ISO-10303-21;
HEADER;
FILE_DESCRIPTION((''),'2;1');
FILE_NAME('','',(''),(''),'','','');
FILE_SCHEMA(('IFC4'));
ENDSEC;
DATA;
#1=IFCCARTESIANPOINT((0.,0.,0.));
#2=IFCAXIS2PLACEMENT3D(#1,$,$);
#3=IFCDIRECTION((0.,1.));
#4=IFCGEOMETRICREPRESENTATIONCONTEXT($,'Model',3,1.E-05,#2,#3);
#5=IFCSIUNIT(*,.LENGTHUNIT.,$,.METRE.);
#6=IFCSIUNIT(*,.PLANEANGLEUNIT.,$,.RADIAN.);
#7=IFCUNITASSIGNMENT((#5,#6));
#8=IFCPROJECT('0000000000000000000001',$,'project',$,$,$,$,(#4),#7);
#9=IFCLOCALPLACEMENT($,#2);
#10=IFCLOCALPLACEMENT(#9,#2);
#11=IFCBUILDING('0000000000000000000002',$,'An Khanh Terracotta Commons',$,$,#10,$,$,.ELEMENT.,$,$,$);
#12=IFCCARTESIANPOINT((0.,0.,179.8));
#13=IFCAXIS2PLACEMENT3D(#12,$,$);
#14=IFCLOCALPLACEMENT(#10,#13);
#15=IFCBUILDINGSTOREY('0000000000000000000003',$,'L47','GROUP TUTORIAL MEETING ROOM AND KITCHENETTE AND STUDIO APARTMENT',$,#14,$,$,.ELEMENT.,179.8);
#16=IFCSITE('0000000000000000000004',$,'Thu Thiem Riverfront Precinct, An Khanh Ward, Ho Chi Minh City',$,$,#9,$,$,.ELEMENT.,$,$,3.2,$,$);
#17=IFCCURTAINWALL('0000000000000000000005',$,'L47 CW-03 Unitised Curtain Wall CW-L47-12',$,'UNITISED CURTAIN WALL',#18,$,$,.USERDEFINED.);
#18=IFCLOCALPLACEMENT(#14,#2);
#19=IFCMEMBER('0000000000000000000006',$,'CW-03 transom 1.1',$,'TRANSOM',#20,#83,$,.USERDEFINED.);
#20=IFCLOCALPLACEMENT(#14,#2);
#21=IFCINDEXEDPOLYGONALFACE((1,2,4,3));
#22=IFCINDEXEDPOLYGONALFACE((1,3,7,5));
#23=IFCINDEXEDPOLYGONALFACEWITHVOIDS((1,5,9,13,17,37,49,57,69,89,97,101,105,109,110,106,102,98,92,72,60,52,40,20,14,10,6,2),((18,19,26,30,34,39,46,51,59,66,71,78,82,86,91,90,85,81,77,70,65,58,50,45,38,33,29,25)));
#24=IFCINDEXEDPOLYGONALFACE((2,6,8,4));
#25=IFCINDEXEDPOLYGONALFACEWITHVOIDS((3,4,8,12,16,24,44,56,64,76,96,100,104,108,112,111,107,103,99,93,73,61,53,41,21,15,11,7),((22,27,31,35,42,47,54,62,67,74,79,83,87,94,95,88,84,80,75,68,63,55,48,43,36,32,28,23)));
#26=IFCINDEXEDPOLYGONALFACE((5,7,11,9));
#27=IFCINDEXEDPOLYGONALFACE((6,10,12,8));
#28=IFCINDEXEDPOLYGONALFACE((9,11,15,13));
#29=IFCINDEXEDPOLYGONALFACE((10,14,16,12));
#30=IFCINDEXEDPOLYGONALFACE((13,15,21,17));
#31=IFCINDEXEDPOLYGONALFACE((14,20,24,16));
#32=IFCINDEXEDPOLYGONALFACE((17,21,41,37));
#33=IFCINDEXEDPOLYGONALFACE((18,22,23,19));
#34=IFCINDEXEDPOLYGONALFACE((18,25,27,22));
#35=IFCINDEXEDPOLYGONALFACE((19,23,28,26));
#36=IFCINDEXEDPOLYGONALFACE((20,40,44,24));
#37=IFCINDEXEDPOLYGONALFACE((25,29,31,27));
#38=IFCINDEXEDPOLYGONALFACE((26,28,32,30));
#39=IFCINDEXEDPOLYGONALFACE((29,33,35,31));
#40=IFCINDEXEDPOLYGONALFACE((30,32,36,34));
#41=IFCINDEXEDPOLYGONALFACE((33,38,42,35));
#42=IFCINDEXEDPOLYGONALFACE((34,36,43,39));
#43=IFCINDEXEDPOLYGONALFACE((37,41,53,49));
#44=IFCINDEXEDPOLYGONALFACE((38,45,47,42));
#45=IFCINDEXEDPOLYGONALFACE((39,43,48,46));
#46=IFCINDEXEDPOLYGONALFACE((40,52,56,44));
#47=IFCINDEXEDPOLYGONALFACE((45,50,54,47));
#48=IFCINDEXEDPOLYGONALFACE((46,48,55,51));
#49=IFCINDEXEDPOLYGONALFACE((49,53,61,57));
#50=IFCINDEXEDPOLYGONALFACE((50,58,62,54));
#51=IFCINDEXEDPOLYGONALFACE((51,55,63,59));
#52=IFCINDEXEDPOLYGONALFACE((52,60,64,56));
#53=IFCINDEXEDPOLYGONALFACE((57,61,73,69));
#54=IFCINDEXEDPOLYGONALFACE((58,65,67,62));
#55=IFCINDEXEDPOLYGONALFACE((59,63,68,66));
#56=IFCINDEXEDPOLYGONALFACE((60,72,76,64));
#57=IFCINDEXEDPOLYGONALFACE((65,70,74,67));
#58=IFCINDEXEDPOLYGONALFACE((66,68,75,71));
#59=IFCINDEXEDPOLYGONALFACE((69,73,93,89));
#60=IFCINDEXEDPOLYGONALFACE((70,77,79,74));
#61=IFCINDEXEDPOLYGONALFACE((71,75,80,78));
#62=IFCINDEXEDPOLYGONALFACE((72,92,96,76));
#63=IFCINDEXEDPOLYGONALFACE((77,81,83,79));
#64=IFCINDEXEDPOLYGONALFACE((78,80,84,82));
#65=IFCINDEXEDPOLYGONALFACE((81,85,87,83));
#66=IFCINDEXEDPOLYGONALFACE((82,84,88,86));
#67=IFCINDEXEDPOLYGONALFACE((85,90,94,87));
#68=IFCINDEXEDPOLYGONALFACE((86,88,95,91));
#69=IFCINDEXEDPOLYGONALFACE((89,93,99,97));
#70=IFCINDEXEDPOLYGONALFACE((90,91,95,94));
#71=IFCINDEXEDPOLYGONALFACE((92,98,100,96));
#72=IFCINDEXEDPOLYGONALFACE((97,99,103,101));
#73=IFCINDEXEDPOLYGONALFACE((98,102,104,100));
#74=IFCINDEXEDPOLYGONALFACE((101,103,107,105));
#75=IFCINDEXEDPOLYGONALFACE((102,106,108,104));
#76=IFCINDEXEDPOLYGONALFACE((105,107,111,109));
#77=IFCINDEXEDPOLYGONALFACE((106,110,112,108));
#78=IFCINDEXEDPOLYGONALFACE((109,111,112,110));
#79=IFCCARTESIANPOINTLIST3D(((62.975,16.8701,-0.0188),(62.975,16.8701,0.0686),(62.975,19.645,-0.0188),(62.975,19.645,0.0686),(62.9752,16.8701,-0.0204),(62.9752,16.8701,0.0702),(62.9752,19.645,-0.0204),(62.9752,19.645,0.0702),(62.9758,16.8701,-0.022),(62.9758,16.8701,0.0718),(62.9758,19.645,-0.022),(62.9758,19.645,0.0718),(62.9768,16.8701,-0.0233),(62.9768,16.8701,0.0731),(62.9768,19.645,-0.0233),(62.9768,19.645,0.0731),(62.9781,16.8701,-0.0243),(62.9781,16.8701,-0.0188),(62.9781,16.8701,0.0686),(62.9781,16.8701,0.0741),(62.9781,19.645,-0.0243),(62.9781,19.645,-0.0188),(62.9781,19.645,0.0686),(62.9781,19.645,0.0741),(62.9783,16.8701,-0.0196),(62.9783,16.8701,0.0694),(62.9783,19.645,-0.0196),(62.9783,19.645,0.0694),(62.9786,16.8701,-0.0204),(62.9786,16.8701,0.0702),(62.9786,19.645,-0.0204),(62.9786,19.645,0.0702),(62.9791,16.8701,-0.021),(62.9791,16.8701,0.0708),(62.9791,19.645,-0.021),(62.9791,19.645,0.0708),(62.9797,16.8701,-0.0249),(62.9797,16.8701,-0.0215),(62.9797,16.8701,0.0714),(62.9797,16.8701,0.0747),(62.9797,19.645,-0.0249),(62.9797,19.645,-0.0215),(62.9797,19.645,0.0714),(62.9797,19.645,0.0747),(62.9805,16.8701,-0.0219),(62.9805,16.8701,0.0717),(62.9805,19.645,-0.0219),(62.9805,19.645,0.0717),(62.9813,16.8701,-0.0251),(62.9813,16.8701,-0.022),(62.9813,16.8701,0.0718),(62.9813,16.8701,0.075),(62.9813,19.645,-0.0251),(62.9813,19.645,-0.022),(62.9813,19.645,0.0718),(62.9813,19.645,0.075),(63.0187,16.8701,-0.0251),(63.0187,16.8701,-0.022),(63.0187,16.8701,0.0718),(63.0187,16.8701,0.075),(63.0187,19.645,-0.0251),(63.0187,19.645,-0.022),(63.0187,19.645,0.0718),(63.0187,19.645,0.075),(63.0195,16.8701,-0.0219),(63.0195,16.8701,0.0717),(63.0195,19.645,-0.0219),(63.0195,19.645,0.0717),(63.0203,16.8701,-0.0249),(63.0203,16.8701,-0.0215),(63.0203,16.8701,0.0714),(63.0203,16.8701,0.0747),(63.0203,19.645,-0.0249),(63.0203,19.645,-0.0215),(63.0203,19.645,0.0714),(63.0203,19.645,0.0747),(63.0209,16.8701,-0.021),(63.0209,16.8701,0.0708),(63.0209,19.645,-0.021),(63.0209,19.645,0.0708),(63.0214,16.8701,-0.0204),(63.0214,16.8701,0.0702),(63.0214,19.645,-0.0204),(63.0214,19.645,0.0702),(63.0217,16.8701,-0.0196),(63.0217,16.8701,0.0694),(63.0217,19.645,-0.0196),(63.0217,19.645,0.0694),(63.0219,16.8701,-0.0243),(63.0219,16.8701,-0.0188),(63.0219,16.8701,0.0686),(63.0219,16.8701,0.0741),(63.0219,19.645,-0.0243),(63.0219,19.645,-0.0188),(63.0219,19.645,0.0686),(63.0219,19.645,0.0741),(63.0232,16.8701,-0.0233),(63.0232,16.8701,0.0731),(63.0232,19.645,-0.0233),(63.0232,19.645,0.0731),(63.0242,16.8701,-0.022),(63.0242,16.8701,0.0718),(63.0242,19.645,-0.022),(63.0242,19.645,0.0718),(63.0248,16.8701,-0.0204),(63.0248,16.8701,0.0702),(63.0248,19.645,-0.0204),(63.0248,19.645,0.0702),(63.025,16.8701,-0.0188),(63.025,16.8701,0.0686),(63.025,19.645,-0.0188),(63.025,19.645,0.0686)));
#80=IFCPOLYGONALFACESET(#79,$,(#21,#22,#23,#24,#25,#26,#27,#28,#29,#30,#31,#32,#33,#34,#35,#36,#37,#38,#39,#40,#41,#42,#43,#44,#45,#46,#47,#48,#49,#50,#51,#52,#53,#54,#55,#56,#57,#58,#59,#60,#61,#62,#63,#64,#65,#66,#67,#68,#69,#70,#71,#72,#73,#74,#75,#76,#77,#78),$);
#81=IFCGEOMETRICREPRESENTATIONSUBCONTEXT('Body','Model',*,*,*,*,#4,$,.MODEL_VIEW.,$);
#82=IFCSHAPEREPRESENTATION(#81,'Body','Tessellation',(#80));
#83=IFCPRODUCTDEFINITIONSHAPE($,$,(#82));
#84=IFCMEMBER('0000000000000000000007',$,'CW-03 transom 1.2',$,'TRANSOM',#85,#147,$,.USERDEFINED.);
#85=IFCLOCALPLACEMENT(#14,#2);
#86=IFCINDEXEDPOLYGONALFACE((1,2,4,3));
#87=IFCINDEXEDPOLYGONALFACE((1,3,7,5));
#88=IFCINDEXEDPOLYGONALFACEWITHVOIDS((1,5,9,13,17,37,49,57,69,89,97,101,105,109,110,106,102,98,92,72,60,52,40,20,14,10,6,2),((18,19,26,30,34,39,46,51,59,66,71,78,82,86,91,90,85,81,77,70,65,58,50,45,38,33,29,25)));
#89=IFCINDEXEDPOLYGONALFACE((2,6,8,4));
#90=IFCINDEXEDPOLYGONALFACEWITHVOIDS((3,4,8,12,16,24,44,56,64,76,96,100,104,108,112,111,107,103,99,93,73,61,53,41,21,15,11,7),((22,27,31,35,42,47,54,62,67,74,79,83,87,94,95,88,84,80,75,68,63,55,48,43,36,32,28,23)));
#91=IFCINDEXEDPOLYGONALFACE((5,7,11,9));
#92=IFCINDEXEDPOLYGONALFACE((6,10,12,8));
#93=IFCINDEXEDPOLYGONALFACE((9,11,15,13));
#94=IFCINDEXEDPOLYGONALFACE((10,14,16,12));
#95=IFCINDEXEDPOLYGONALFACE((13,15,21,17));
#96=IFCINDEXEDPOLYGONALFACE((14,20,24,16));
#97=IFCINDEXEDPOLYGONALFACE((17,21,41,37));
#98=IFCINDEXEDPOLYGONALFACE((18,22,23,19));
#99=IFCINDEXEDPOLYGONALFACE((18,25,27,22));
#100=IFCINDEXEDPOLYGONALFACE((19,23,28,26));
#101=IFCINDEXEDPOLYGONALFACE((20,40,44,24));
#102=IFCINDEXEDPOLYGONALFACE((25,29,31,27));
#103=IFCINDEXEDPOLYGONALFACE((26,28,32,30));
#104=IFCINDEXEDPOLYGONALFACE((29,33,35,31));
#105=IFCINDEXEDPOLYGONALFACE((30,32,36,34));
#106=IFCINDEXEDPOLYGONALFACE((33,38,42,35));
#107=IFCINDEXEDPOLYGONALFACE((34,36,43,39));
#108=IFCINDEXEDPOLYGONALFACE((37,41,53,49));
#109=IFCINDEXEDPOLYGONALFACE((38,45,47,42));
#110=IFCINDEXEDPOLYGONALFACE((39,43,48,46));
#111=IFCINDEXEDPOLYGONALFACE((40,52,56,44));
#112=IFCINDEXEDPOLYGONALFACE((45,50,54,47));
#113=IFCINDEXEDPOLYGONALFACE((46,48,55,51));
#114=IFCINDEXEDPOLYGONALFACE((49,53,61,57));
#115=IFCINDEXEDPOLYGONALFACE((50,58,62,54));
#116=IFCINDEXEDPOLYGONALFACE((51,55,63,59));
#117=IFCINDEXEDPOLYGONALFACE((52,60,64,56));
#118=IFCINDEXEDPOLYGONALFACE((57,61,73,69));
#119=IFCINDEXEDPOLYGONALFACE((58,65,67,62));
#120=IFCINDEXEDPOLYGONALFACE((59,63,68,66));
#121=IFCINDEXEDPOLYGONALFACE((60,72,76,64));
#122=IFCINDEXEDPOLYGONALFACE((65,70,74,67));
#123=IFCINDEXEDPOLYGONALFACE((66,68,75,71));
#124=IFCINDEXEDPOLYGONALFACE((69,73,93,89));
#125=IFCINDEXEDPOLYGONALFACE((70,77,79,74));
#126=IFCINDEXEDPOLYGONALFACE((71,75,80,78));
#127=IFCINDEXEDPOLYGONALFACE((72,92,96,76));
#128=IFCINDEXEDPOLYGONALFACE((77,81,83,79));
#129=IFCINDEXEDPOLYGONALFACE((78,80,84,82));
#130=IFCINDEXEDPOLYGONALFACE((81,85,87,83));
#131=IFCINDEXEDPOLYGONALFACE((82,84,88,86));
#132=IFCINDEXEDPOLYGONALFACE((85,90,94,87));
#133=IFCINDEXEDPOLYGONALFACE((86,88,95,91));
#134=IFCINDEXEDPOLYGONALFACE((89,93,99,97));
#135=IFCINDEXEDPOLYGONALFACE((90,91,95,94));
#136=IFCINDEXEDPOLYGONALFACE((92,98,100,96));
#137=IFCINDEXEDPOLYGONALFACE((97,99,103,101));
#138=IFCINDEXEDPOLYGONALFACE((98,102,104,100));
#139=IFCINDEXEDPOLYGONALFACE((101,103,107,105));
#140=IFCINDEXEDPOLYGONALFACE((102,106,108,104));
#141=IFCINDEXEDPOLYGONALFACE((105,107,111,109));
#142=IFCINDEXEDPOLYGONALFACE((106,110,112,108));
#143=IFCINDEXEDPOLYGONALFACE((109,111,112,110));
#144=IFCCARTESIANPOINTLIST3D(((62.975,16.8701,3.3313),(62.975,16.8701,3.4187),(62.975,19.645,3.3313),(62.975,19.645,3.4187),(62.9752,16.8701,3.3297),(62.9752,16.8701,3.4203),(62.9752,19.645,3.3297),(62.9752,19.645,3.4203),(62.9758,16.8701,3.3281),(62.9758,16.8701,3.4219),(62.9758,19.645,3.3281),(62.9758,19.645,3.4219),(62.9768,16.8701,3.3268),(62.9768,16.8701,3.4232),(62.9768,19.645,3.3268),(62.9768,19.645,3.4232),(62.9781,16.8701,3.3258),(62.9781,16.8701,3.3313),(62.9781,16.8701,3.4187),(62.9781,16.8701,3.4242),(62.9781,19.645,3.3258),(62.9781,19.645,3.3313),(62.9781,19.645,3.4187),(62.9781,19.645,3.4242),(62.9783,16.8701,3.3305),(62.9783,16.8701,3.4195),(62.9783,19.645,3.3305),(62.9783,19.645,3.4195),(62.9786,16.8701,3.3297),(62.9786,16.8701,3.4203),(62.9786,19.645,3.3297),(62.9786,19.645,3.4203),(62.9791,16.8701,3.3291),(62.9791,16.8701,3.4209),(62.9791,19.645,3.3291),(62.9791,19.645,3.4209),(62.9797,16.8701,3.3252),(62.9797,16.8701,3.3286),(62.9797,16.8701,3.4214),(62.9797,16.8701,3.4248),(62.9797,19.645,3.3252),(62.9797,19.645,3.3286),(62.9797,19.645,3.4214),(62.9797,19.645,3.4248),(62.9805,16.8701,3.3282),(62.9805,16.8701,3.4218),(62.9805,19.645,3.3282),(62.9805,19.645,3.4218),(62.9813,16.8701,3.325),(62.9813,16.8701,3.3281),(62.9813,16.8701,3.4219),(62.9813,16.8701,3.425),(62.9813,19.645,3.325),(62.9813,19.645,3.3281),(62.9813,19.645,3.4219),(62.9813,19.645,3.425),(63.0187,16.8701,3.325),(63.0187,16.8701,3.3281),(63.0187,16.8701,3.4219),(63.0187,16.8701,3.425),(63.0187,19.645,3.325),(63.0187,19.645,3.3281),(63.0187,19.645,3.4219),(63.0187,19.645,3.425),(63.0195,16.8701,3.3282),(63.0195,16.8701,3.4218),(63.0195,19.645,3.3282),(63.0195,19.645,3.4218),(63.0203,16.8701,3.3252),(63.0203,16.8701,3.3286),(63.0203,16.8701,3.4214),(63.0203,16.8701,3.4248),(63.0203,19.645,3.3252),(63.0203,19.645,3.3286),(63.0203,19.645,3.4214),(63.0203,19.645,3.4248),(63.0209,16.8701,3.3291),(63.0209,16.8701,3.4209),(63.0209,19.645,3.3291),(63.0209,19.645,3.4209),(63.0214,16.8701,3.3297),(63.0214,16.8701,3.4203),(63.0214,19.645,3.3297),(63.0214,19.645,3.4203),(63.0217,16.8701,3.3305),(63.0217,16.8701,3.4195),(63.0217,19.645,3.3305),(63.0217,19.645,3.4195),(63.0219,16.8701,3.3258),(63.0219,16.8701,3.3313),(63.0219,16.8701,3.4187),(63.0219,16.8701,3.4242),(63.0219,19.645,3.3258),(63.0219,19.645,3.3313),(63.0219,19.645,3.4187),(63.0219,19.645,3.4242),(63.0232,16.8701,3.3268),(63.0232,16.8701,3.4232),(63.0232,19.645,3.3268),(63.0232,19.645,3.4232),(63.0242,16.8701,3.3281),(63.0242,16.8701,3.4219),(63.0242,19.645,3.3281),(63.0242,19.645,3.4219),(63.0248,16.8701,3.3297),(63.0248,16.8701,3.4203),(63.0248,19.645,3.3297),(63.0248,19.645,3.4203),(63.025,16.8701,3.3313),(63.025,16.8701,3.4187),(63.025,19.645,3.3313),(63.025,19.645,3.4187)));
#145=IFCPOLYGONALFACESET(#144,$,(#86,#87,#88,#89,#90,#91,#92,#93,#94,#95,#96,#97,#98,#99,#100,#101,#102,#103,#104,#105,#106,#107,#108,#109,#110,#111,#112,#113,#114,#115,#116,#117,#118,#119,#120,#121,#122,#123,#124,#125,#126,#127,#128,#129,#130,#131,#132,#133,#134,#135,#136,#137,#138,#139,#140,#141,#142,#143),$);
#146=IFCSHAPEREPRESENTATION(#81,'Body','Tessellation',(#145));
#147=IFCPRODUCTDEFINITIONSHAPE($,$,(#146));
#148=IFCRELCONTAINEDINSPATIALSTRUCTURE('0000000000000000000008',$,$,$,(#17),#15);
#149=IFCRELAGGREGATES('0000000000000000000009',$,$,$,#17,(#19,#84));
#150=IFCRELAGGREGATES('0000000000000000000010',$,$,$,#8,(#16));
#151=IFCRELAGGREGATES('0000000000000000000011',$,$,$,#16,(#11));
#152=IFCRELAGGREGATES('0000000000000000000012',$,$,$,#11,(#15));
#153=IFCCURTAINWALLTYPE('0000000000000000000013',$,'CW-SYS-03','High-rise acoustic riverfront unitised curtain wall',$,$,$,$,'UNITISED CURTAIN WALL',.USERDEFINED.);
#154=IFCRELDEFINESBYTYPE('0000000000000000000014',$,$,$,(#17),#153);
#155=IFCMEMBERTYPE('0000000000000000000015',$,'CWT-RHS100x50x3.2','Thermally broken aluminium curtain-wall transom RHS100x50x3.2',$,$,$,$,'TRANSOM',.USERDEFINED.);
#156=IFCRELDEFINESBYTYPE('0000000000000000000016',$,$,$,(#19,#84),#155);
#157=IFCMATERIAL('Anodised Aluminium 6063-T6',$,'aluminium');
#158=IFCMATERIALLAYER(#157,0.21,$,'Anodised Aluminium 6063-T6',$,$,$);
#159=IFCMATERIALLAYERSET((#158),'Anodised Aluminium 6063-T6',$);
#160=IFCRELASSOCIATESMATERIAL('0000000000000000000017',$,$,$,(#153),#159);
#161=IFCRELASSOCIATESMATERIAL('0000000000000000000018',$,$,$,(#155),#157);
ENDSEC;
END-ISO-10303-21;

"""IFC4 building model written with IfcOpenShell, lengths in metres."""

from ifc_helpers import new_model, si_unit, direction, frame, origin, origin_2d, place, context, subcontext, project, spatial, hollow_rectangle, extrude, material, layer, layer_set, material_profile, profile_set, type_object, element, aggregate, save


model = new_model("IFC4")

# Units and contexts
model_context = context("Model", 3, precision=1e-05, world=origin(), true_north=direction((0.0, 1.0)))
body_context = subcontext(model_context, "Body", "Model", "MODEL_VIEW")
ifc_project = project(units=[si_unit("LENGTHUNIT", "METRE"), si_unit("PLANEANGLEUNIT", "RADIAN")], contexts=[model_context])

# Site, building, storey
site_placement = place(None, origin())
site = spatial("IfcSite", under=ifc_project, at=site_placement, Name="Thu Thiem Riverfront Precinct, An Khanh Ward, Ho Chi Minh City", CompositionType="ELEMENT", RefElevation=3.2)
building_placement = place(site_placement, origin())
building = spatial("IfcBuilding", under=site, at=building_placement, Name="An Khanh Terracotta Commons", CompositionType="ELEMENT")
storey_placement = place(building_placement, frame((0.0, 0.0, 179.8)))
storey = spatial("IfcBuildingStorey", under=building, at=storey_placement, Name="L47", Description="GROUP TUTORIAL MEETING ROOM AND KITCHENETTE AND STUDIO APARTMENT", CompositionType="ELEMENT", Elevation=179.8)

# Curtain wall
ifc_material_1 = material(Name="Anodised Aluminium 6063-T6", Category="aluminium")
ifc_layer_1 = layer(ifc_material_1, 0.21, Name="Anodised Aluminium 6063-T6")
ifc_layer_set_1 = layer_set([ifc_layer_1], Name="Anodised Aluminium 6063-T6")
curtain_wall_type = type_object("IfcCurtainWallType", Name="CW-SYS-03", Description="High-rise acoustic riverfront unitised curtain wall", ElementType="UNITISED CURTAIN WALL", PredefinedType="USERDEFINED", material=ifc_layer_set_1)
curtain_wall_1_placement = place(storey_placement, origin())
curtain_wall_1 = element("IfcCurtainWall", 1, at=curtain_wall_1_placement, inside=storey, type_object=curtain_wall_type, Name="L47 CW-03 Unitised Curtain Wall CW-L47-12", ObjectType="UNITISED CURTAIN WALL", PredefinedType="USERDEFINED")

# Members
ifc_material_profile_1 = material_profile(ifc_material_1, hollow_rectangle(XDim=0.05, YDim=0.1001, WallThickness=0.0032, InnerFilletRadius=0.0032, OuterFilletRadius=0.0063, at=origin_2d()), Name="RHS100x50x3.2")
ifc_profile_set_1 = profile_set([ifc_material_profile_1], Name="Anodised Aluminium 6063-T6")
member_type_1 = type_object("IfcMemberType", Name="CWT-RHS100x50x3.2", Description="Thermally broken aluminium curtain-wall transom RHS100x50x3.2", ElementType="TRANSOM", PredefinedType="USERDEFINED", material=ifc_profile_set_1)
member_1_placement = place(storey_placement, frame((63.0, 16.8701, 0.0249), z_axis=(0.0, 1.0, 0.0), x_axis=(-1.0, 0.0, 0.0)))
member_1 = element("IfcMember", 2, at=member_1_placement, type_object=member_type_1, Name="CW-03 transom 1.1", ObjectType="TRANSOM", PredefinedType="USERDEFINED", context=body_context, shape_type="SweptSolid", body=[
    extrude(hollow_rectangle(XDim=0.05, YDim=0.1001, WallThickness=0.0032, InnerFilletRadius=0.0032, OuterFilletRadius=0.0063, at=origin_2d()), origin(), (0.0, 0.0, 1.0), 2.7749),
])
member_2_placement = place(storey_placement, frame((63.0, 16.8701, 3.375), z_axis=(0.0, 1.0, 0.0), x_axis=(-1.0, 0.0, 0.0)))
member_2 = element("IfcMember", 3, at=member_2_placement, type_object=member_type_1, Name="CW-03 transom 1.2", ObjectType="TRANSOM", PredefinedType="USERDEFINED", context=body_context, shape_type="SweptSolid", body=[
    extrude(hollow_rectangle(XDim=0.05, YDim=0.1001, WallThickness=0.0032, InnerFilletRadius=0.0032, OuterFilletRadius=0.0063, at=origin_2d()), origin(), (0.0, 0.0, 1.0), 2.7749),
])

aggregate(curtain_wall_1, [member_1, member_2])

save(model, "model.ifc")
